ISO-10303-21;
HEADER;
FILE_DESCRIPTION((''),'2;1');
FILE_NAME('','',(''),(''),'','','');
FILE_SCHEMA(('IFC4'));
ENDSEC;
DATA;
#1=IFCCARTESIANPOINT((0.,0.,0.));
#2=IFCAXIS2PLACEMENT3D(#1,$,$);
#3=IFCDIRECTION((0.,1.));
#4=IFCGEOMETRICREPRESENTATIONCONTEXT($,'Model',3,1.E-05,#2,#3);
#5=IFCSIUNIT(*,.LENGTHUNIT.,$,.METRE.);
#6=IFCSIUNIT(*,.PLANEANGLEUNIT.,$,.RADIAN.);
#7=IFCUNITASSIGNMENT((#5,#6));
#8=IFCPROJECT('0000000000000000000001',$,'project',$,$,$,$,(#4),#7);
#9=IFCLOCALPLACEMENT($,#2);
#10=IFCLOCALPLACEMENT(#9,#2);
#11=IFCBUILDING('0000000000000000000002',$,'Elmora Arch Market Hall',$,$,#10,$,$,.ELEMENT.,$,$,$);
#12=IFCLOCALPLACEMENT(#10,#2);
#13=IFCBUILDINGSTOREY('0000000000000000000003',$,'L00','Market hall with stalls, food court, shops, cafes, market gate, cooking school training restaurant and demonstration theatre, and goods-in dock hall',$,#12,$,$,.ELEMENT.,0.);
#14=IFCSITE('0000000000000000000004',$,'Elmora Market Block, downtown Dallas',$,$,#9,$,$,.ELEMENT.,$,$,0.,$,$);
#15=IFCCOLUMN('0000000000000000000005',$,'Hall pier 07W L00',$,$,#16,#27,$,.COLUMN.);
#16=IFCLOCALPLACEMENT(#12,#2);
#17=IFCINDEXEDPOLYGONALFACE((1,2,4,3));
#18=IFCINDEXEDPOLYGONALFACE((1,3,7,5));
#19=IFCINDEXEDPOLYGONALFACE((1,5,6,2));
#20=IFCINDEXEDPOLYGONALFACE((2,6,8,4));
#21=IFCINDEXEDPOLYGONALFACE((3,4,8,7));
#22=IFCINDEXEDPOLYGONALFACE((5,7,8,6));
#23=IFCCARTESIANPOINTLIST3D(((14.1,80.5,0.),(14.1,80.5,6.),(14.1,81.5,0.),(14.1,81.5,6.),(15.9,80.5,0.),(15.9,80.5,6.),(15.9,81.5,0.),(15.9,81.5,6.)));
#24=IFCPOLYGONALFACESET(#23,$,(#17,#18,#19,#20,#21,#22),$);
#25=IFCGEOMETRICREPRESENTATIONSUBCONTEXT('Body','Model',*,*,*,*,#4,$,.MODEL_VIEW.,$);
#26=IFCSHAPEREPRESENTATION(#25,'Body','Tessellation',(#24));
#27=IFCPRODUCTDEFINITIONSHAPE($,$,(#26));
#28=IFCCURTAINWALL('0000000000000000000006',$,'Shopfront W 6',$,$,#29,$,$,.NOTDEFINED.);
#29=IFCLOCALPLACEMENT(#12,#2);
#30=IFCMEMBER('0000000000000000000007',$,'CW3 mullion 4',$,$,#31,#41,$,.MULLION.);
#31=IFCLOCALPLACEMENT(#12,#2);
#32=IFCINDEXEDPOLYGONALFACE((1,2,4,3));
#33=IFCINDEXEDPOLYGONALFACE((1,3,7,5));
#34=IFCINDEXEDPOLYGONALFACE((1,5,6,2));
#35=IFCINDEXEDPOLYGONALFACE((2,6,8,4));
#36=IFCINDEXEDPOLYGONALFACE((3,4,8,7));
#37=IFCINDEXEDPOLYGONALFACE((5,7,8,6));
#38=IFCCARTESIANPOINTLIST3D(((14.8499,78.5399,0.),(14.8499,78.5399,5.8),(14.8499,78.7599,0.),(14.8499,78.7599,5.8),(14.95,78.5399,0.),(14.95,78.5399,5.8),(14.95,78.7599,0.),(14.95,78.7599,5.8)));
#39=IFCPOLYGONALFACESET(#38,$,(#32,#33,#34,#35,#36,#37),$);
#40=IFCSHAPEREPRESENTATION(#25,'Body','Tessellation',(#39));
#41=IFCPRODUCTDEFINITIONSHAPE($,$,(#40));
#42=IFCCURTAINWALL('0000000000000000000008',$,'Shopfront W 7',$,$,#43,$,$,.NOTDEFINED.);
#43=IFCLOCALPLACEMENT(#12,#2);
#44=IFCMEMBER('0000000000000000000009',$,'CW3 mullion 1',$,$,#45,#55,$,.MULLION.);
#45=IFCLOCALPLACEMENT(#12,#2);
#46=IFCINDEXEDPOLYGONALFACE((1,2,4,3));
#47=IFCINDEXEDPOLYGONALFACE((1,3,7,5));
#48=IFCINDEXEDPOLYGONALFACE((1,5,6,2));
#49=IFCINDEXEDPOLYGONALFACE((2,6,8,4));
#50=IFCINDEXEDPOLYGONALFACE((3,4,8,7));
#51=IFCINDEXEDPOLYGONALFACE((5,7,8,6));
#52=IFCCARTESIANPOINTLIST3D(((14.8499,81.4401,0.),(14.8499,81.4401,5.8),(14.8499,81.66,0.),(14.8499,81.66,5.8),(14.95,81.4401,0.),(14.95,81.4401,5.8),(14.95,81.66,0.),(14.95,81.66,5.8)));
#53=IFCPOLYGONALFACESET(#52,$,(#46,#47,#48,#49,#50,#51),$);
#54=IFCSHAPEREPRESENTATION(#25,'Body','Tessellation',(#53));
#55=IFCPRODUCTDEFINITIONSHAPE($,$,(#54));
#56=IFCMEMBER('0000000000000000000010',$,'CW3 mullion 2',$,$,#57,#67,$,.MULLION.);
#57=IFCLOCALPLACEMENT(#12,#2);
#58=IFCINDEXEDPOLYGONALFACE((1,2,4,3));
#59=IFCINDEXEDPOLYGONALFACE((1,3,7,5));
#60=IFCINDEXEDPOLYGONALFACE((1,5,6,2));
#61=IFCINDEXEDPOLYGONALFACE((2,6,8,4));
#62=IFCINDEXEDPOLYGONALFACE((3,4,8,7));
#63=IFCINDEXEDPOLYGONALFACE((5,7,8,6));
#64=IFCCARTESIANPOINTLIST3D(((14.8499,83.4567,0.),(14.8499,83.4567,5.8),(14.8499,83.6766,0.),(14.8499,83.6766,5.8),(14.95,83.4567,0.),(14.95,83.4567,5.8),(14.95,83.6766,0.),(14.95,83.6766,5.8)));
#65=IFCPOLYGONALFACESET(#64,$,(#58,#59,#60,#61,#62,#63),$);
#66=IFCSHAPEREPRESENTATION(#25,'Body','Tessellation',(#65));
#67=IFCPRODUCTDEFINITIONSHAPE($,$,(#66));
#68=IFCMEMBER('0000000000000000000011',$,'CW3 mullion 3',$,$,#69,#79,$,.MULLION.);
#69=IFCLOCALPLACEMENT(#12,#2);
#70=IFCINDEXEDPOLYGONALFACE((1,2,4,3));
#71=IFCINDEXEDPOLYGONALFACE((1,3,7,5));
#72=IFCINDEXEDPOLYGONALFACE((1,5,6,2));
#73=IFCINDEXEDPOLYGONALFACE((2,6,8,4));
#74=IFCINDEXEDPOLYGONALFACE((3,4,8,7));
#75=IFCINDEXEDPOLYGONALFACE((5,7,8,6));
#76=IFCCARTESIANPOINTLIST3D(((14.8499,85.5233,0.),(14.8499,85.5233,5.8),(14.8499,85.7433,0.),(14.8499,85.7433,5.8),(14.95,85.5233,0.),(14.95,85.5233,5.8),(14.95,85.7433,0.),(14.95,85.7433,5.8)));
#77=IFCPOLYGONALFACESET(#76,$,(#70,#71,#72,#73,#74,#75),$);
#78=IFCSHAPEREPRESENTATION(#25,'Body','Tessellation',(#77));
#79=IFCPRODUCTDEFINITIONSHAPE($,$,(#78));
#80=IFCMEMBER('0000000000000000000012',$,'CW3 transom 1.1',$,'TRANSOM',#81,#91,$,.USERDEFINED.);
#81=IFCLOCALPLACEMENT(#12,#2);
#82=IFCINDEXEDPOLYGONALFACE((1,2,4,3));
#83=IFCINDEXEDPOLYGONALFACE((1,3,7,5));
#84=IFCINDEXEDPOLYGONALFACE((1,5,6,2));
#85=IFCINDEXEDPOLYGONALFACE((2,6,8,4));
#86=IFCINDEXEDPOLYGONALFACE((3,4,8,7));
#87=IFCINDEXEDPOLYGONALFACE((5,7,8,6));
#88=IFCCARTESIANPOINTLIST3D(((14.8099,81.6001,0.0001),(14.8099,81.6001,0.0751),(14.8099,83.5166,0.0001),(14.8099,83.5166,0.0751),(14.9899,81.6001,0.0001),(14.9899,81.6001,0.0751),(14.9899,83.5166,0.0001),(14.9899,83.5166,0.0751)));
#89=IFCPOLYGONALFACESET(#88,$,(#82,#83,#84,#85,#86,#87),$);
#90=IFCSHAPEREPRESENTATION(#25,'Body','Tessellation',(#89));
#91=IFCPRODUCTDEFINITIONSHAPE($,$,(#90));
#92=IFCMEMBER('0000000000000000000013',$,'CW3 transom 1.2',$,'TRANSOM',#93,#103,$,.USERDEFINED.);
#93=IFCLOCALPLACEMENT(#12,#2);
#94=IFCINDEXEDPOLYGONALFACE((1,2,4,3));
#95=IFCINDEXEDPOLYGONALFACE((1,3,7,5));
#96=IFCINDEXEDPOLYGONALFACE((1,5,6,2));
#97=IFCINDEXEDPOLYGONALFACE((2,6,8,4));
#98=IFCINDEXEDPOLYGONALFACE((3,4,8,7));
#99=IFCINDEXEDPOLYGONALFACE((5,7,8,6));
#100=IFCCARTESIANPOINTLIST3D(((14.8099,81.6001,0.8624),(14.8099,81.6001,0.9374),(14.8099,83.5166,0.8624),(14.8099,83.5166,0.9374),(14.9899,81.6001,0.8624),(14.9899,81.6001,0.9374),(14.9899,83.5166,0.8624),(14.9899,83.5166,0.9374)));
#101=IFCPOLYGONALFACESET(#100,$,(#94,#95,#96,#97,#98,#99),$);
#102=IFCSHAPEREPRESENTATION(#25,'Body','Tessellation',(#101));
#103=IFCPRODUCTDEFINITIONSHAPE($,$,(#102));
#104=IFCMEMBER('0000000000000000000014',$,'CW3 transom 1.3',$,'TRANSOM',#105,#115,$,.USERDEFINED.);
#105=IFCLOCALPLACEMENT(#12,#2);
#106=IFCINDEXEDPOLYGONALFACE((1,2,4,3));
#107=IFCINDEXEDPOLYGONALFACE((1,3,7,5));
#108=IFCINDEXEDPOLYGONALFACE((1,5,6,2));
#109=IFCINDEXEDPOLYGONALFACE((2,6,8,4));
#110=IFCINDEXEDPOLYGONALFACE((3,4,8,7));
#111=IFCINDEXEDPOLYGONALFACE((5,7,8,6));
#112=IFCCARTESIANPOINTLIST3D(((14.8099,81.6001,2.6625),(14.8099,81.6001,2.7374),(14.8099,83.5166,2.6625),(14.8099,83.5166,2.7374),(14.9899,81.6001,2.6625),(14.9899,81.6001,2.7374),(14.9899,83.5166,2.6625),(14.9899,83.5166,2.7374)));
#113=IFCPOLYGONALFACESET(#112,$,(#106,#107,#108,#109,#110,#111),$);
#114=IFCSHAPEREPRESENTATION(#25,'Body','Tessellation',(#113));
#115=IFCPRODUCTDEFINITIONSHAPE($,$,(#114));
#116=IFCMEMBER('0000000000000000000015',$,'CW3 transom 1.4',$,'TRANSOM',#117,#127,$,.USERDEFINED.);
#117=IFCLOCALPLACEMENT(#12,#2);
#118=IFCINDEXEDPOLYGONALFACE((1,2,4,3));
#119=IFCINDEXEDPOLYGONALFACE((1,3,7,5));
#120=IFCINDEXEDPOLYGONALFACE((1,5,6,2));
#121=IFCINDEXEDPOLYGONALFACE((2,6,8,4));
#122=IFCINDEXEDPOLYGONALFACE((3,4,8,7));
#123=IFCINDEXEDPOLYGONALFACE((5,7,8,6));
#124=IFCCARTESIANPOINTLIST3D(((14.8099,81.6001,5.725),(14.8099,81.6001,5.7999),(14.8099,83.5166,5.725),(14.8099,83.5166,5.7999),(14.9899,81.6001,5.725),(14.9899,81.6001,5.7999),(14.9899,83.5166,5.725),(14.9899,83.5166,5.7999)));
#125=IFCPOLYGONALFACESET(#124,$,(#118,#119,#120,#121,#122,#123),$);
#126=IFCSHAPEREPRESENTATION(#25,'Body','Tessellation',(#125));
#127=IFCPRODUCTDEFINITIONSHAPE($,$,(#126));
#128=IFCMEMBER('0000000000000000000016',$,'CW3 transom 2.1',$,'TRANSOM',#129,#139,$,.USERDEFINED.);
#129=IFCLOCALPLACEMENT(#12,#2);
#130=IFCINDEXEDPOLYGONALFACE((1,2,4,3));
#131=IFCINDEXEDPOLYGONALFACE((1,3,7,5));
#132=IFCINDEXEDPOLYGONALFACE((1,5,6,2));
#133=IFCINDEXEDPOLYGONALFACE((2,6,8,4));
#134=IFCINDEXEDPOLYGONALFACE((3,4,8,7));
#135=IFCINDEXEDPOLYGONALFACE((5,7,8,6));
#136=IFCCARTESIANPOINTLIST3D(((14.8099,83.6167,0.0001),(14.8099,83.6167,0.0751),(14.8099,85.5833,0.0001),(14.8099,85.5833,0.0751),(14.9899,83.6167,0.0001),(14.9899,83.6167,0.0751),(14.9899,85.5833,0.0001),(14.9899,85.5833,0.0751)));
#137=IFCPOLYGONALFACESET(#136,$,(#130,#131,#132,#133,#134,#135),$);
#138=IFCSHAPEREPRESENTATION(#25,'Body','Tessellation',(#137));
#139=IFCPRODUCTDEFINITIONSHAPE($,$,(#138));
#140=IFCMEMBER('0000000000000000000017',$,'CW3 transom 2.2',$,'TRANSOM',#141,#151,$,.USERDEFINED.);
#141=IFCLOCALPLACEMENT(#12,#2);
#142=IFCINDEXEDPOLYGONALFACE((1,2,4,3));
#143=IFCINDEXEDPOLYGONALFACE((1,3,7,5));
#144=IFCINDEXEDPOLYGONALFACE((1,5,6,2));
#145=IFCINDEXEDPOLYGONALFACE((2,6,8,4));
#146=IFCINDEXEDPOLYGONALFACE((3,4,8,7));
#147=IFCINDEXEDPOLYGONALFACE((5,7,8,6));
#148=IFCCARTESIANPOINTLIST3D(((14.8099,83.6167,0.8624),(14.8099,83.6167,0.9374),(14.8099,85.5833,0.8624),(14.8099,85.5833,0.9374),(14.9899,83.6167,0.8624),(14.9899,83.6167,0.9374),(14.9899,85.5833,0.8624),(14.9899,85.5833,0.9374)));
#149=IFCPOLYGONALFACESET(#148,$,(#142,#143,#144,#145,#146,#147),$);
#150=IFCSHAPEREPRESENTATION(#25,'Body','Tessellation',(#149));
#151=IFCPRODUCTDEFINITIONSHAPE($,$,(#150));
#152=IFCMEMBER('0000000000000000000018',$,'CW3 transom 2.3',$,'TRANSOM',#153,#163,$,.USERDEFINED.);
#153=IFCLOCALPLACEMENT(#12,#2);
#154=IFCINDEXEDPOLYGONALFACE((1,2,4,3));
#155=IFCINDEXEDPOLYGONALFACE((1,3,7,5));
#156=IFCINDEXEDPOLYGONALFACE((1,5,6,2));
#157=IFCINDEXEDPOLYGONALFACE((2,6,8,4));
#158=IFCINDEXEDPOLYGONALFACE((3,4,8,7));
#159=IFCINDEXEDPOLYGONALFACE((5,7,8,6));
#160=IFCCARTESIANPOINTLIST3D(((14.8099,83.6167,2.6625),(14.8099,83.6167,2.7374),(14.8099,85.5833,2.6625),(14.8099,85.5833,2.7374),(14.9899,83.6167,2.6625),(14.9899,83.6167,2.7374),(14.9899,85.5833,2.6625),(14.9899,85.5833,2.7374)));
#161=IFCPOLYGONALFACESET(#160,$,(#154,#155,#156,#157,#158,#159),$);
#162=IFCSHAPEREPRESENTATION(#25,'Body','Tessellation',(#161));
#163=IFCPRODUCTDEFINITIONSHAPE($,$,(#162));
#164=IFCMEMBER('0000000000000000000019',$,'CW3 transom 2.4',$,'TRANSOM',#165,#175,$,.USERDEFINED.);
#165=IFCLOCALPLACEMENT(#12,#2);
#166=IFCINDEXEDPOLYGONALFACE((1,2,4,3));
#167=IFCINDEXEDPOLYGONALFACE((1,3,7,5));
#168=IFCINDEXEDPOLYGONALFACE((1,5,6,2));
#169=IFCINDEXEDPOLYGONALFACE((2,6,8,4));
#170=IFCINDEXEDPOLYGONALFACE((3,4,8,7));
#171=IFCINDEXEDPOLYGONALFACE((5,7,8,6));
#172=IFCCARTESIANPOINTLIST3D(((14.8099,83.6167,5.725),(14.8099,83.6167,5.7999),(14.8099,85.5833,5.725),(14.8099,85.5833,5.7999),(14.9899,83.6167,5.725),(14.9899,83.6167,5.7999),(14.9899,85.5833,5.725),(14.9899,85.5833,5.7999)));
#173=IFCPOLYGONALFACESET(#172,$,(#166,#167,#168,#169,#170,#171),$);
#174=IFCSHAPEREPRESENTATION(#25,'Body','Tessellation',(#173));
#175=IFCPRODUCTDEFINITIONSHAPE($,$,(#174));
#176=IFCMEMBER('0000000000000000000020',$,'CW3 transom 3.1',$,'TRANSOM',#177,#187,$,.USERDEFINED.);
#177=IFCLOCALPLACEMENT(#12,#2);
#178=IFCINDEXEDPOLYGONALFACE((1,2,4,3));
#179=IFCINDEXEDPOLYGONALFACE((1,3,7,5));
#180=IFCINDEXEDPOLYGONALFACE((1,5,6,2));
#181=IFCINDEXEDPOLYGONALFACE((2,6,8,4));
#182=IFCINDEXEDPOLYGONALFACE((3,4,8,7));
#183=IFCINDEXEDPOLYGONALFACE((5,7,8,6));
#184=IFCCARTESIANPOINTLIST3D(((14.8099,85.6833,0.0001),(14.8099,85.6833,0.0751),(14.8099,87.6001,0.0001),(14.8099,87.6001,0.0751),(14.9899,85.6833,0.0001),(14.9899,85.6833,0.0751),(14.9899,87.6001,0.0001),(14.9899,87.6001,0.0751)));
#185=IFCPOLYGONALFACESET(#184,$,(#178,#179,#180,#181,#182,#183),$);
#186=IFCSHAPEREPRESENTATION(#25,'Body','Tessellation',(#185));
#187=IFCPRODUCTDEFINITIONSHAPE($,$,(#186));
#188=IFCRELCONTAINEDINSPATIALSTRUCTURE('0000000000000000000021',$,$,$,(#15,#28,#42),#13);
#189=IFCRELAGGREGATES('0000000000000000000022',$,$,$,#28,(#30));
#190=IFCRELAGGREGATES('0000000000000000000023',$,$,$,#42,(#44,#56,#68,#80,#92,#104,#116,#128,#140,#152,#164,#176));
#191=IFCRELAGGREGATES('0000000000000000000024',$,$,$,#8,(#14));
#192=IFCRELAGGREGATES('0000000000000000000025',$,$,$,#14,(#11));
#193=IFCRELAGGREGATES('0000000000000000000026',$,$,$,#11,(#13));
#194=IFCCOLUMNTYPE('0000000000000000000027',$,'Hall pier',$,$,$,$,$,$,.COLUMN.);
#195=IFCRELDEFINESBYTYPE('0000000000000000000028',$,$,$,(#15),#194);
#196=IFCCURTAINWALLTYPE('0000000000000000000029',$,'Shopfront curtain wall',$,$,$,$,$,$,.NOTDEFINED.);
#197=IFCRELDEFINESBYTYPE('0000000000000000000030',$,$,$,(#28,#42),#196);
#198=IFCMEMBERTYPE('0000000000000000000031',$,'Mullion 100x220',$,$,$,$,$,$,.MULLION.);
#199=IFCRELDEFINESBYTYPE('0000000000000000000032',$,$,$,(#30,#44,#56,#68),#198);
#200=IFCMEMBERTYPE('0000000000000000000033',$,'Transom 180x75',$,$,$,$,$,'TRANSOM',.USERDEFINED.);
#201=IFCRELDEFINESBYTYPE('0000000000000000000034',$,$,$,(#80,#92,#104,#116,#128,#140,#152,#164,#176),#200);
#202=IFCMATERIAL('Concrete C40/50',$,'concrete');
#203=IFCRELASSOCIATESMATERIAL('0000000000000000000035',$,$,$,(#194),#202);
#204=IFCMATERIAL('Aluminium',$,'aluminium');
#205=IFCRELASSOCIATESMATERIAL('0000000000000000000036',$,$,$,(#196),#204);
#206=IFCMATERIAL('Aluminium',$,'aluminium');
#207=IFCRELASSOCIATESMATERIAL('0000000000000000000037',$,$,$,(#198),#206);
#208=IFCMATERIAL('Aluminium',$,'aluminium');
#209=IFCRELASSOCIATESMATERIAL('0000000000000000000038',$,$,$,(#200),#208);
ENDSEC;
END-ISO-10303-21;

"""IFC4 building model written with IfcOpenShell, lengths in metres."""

from ifc_helpers import new_model, si_unit, direction, frame, origin, origin_2d, place, context, subcontext, project, spatial, rectangle, extrude, material, material_profile, profile_set, type_object, element, aggregate, save


model = new_model("IFC4")

# Units and contexts
model_context = context("Model", 3, precision=1e-05, world=origin(), true_north=direction((0.0, 1.0)))
body_context = subcontext(model_context, "Body", "Model", "MODEL_VIEW")
ifc_project = project(units=[si_unit("LENGTHUNIT", "METRE"), si_unit("PLANEANGLEUNIT", "RADIAN")], contexts=[model_context])

# Site, building, storey
site_placement = place(None, origin())
site = spatial("IfcSite", under=ifc_project, at=site_placement, Name="Elmora Market Block, downtown Dallas", CompositionType="ELEMENT", RefElevation=0.0)
building_placement = place(site_placement, origin())
building = spatial("IfcBuilding", under=site, at=building_placement, Name="Elmora Arch Market Hall", CompositionType="ELEMENT")
storey_placement = place(building_placement, origin())
storey = spatial("IfcBuildingStorey", under=building, at=storey_placement, Name="L00", Description="Market hall with stalls, food court, shops, cafes, market gate, cooking school training restaurant and demonstration theatre, and goods-in dock hall", CompositionType="ELEMENT", Elevation=0.0)

# Column
ifc_material_1 = material(Name="Concrete C40/50", Category="concrete")
ifc_material_profile_1 = material_profile(ifc_material_1, rectangle(XDim=1.8, YDim=1.0, at=origin_2d()), Name="Hall pier")
ifc_profile_set_1 = profile_set([ifc_material_profile_1], Name="Concrete C40/50")
column_type = type_object("IfcColumnType", Name="Hall pier", PredefinedType="COLUMN", material=ifc_profile_set_1)
column_placement = place(storey_placement, frame((15.0, 81.0, 0.0), z_axis=(0.0, 0.0, 1.0), x_axis=(1.0, 0.0, 0.0)))
element("IfcColumn", 1, at=column_placement, inside=storey, type_object=column_type, Name="Hall pier 07W L00", PredefinedType="COLUMN", context=body_context, shape_type="SweptSolid", body=[
    extrude(rectangle(XDim=1.8, YDim=1.0, at=origin_2d()), origin(), (0.0, 0.0, 1.0), 6.0),
])

# Curtain wall, member
ifc_material_2 = material(Name="Aluminium", Category="aluminium")
curtain_wall_type = type_object("IfcCurtainWallType", Name="Shopfront curtain wall", PredefinedType="NOTDEFINED", material=ifc_material_2)
curtain_wall_1_placement = place(storey_placement, origin())
curtain_wall_1 = element("IfcCurtainWall", 2, at=curtain_wall_1_placement, inside=storey, type_object=curtain_wall_type, Name="Shopfront W 6", PredefinedType="NOTDEFINED")
ifc_material_3 = material(Name="Aluminium", Category="aluminium")
ifc_material_profile_2 = material_profile(ifc_material_3, rectangle(XDim=0.1001, YDim=0.22, at=origin_2d()), Name="AL 100x220")
ifc_profile_set_2 = profile_set([ifc_material_profile_2], Name="Aluminium")
member_type_1 = type_object("IfcMemberType", Name="Mullion 100x220", PredefinedType="MULLION", material=ifc_profile_set_2)
member_1_placement = place(storey_placement, frame((14.8999, 78.6499, 0.0), z_axis=(0.0, 0.0, 1.0), x_axis=(-1.0, 0.0, 0.0)))
member_1 = element("IfcMember", 3, at=member_1_placement, type_object=member_type_1, Name="CW3 mullion 4", PredefinedType="MULLION", context=body_context, shape_type="SweptSolid", body=[
    extrude(rectangle(XDim=0.1001, YDim=0.22, at=origin_2d()), origin(), (0.0, 0.0, 1.0), 5.8),
])

# Curtain wall, members
curtain_wall_2_placement = place(storey_placement, origin())
curtain_wall_2 = element("IfcCurtainWall", 4, at=curtain_wall_2_placement, inside=storey, type_object=curtain_wall_type, Name="Shopfront W 7", PredefinedType="NOTDEFINED")
member_2_placement = place(storey_placement, frame((14.8999, 81.55, 0.0), z_axis=(0.0, 0.0, 1.0), x_axis=(-1.0, 0.0, 0.0)))
member_2 = element("IfcMember", 5, at=member_2_placement, type_object=member_type_1, Name="CW3 mullion 1", PredefinedType="MULLION", context=body_context, shape_type="SweptSolid", body=[
    extrude(rectangle(XDim=0.1001, YDim=0.22, at=origin_2d()), origin(), (0.0, 0.0, 1.0), 5.8),
])
member_3_placement = place(storey_placement, frame((14.8999, 83.5667, 0.0), z_axis=(0.0, 0.0, 1.0), x_axis=(-1.0, 0.0, 0.0)))
member_3 = element("IfcMember", 6, at=member_3_placement, type_object=member_type_1, Name="CW3 mullion 2", PredefinedType="MULLION", context=body_context, shape_type="SweptSolid", body=[
    extrude(rectangle(XDim=0.1001, YDim=0.22, at=origin_2d()), origin(), (0.0, 0.0, 1.0), 5.8),
])
member_4_placement = place(storey_placement, frame((14.8999, 85.6333, 0.0), z_axis=(0.0, 0.0, 1.0), x_axis=(-1.0, 0.0, 0.0)))
member_4 = element("IfcMember", 7, at=member_4_placement, type_object=member_type_1, Name="CW3 mullion 3", PredefinedType="MULLION", context=body_context, shape_type="SweptSolid", body=[
    extrude(rectangle(XDim=0.1001, YDim=0.22, at=origin_2d()), origin(), (0.0, 0.0, 1.0), 5.8),
])
ifc_material_4 = material(Name="Aluminium", Category="aluminium")
ifc_material_profile_3 = material_profile(ifc_material_4, rectangle(XDim=0.1799, YDim=0.075, at=origin_2d()), Name="AL 180x75")
ifc_profile_set_3 = profile_set([ifc_material_profile_3], Name="Aluminium")
member_type_2 = type_object("IfcMemberType", Name="Transom 180x75", ElementType="TRANSOM", PredefinedType="USERDEFINED", material=ifc_profile_set_3)
member_5_placement = place(storey_placement, frame((14.8999, 81.6001, 0.0376), z_axis=(0.0, 1.0, 0.0), x_axis=(-1.0, 0.0, 0.0)))
member_5 = element("IfcMember", 8, at=member_5_placement, type_object=member_type_2, Name="CW3 transom 1.1", ObjectType="TRANSOM", PredefinedType="USERDEFINED", context=body_context, shape_type="SweptSolid", body=[
    extrude(rectangle(XDim=0.1799, YDim=0.075, at=origin_2d()), origin(), (0.0, 0.0, 1.0), 1.9165),
])
member_6_placement = place(storey_placement, frame((14.8999, 81.6001, 0.8999), z_axis=(0.0, 1.0, 0.0), x_axis=(-1.0, 0.0, 0.0)))
member_6 = element("IfcMember", 9, at=member_6_placement, type_object=member_type_2, Name="CW3 transom 1.2", ObjectType="TRANSOM", PredefinedType="USERDEFINED", context=body_context, shape_type="SweptSolid", body=[
    extrude(rectangle(XDim=0.1799, YDim=0.075, at=origin_2d()), origin(), (0.0, 0.0, 1.0), 1.9165),
])
member_7_placement = place(storey_placement, frame((14.8999, 81.6001, 2.7), z_axis=(0.0, 1.0, 0.0), x_axis=(-1.0, 0.0, 0.0)))
member_7 = element("IfcMember", 10, at=member_7_placement, type_object=member_type_2, Name="CW3 transom 1.3", ObjectType="TRANSOM", PredefinedType="USERDEFINED", context=body_context, shape_type="SweptSolid", body=[
    extrude(rectangle(XDim=0.1799, YDim=0.075, at=origin_2d()), origin(), (0.0, 0.0, 1.0), 1.9165),
])
member_8_placement = place(storey_placement, frame((14.8999, 81.6001, 5.7625), z_axis=(0.0, 1.0, 0.0), x_axis=(-1.0, 0.0, 0.0)))
member_8 = element("IfcMember", 11, at=member_8_placement, type_object=member_type_2, Name="CW3 transom 1.4", ObjectType="TRANSOM", PredefinedType="USERDEFINED", context=body_context, shape_type="SweptSolid", body=[
    extrude(rectangle(XDim=0.1799, YDim=0.075, at=origin_2d()), origin(), (0.0, 0.0, 1.0), 1.9165),
])
member_9_placement = place(storey_placement, frame((14.8999, 83.6167, 0.0376), z_axis=(0.0, 1.0, 0.0), x_axis=(-1.0, 0.0, 0.0)))
member_9 = element("IfcMember", 12, at=member_9_placement, type_object=member_type_2, Name="CW3 transom 2.1", ObjectType="TRANSOM", PredefinedType="USERDEFINED", context=body_context, shape_type="SweptSolid", body=[
    extrude(rectangle(XDim=0.1799, YDim=0.075, at=origin_2d()), origin(), (0.0, 0.0, 1.0), 1.9666),
])
member_10_placement = place(storey_placement, frame((14.8999, 83.6167, 0.8999), z_axis=(0.0, 1.0, 0.0), x_axis=(-1.0, 0.0, 0.0)))
member_10 = element("IfcMember", 13, at=member_10_placement, type_object=member_type_2, Name="CW3 transom 2.2", ObjectType="TRANSOM", PredefinedType="USERDEFINED", context=body_context, shape_type="SweptSolid", body=[
    extrude(rectangle(XDim=0.1799, YDim=0.075, at=origin_2d()), origin(), (0.0, 0.0, 1.0), 1.9666),
])
member_11_placement = place(storey_placement, frame((14.8999, 83.6167, 2.7), z_axis=(0.0, 1.0, 0.0), x_axis=(-1.0, 0.0, 0.0)))
member_11 = element("IfcMember", 14, at=member_11_placement, type_object=member_type_2, Name="CW3 transom 2.3", ObjectType="TRANSOM", PredefinedType="USERDEFINED", context=body_context, shape_type="SweptSolid", body=[
    extrude(rectangle(XDim=0.1799, YDim=0.075, at=origin_2d()), origin(), (0.0, 0.0, 1.0), 1.9666),
])
member_12_placement = place(storey_placement, frame((14.8999, 83.6167, 5.7625), z_axis=(0.0, 1.0, 0.0), x_axis=(-1.0, 0.0, 0.0)))
member_12 = element("IfcMember", 15, at=member_12_placement, type_object=member_type_2, Name="CW3 transom 2.4", ObjectType="TRANSOM", PredefinedType="USERDEFINED", context=body_context, shape_type="SweptSolid", body=[
    extrude(rectangle(XDim=0.1799, YDim=0.075, at=origin_2d()), origin(), (0.0, 0.0, 1.0), 1.9666),
])
member_13_placement = place(storey_placement, frame((14.8999, 85.6833, 0.0376), z_axis=(0.0, 1.0, 0.0), x_axis=(-1.0, 0.0, 0.0)))
member_13 = element("IfcMember", 16, at=member_13_placement, type_object=member_type_2, Name="CW3 transom 3.1", ObjectType="TRANSOM", PredefinedType="USERDEFINED", context=body_context, shape_type="SweptSolid", body=[
    extrude(rectangle(XDim=0.1799, YDim=0.075, at=origin_2d()), origin(), (0.0, 0.0, 1.0), 1.9167),
])

aggregate(curtain_wall_1, [member_1])
aggregate(curtain_wall_2, [member_2, member_3, member_4, member_5, member_6, member_7, member_8, member_9, member_10, member_11, member_12, member_13])

save(model, "model.ifc")
